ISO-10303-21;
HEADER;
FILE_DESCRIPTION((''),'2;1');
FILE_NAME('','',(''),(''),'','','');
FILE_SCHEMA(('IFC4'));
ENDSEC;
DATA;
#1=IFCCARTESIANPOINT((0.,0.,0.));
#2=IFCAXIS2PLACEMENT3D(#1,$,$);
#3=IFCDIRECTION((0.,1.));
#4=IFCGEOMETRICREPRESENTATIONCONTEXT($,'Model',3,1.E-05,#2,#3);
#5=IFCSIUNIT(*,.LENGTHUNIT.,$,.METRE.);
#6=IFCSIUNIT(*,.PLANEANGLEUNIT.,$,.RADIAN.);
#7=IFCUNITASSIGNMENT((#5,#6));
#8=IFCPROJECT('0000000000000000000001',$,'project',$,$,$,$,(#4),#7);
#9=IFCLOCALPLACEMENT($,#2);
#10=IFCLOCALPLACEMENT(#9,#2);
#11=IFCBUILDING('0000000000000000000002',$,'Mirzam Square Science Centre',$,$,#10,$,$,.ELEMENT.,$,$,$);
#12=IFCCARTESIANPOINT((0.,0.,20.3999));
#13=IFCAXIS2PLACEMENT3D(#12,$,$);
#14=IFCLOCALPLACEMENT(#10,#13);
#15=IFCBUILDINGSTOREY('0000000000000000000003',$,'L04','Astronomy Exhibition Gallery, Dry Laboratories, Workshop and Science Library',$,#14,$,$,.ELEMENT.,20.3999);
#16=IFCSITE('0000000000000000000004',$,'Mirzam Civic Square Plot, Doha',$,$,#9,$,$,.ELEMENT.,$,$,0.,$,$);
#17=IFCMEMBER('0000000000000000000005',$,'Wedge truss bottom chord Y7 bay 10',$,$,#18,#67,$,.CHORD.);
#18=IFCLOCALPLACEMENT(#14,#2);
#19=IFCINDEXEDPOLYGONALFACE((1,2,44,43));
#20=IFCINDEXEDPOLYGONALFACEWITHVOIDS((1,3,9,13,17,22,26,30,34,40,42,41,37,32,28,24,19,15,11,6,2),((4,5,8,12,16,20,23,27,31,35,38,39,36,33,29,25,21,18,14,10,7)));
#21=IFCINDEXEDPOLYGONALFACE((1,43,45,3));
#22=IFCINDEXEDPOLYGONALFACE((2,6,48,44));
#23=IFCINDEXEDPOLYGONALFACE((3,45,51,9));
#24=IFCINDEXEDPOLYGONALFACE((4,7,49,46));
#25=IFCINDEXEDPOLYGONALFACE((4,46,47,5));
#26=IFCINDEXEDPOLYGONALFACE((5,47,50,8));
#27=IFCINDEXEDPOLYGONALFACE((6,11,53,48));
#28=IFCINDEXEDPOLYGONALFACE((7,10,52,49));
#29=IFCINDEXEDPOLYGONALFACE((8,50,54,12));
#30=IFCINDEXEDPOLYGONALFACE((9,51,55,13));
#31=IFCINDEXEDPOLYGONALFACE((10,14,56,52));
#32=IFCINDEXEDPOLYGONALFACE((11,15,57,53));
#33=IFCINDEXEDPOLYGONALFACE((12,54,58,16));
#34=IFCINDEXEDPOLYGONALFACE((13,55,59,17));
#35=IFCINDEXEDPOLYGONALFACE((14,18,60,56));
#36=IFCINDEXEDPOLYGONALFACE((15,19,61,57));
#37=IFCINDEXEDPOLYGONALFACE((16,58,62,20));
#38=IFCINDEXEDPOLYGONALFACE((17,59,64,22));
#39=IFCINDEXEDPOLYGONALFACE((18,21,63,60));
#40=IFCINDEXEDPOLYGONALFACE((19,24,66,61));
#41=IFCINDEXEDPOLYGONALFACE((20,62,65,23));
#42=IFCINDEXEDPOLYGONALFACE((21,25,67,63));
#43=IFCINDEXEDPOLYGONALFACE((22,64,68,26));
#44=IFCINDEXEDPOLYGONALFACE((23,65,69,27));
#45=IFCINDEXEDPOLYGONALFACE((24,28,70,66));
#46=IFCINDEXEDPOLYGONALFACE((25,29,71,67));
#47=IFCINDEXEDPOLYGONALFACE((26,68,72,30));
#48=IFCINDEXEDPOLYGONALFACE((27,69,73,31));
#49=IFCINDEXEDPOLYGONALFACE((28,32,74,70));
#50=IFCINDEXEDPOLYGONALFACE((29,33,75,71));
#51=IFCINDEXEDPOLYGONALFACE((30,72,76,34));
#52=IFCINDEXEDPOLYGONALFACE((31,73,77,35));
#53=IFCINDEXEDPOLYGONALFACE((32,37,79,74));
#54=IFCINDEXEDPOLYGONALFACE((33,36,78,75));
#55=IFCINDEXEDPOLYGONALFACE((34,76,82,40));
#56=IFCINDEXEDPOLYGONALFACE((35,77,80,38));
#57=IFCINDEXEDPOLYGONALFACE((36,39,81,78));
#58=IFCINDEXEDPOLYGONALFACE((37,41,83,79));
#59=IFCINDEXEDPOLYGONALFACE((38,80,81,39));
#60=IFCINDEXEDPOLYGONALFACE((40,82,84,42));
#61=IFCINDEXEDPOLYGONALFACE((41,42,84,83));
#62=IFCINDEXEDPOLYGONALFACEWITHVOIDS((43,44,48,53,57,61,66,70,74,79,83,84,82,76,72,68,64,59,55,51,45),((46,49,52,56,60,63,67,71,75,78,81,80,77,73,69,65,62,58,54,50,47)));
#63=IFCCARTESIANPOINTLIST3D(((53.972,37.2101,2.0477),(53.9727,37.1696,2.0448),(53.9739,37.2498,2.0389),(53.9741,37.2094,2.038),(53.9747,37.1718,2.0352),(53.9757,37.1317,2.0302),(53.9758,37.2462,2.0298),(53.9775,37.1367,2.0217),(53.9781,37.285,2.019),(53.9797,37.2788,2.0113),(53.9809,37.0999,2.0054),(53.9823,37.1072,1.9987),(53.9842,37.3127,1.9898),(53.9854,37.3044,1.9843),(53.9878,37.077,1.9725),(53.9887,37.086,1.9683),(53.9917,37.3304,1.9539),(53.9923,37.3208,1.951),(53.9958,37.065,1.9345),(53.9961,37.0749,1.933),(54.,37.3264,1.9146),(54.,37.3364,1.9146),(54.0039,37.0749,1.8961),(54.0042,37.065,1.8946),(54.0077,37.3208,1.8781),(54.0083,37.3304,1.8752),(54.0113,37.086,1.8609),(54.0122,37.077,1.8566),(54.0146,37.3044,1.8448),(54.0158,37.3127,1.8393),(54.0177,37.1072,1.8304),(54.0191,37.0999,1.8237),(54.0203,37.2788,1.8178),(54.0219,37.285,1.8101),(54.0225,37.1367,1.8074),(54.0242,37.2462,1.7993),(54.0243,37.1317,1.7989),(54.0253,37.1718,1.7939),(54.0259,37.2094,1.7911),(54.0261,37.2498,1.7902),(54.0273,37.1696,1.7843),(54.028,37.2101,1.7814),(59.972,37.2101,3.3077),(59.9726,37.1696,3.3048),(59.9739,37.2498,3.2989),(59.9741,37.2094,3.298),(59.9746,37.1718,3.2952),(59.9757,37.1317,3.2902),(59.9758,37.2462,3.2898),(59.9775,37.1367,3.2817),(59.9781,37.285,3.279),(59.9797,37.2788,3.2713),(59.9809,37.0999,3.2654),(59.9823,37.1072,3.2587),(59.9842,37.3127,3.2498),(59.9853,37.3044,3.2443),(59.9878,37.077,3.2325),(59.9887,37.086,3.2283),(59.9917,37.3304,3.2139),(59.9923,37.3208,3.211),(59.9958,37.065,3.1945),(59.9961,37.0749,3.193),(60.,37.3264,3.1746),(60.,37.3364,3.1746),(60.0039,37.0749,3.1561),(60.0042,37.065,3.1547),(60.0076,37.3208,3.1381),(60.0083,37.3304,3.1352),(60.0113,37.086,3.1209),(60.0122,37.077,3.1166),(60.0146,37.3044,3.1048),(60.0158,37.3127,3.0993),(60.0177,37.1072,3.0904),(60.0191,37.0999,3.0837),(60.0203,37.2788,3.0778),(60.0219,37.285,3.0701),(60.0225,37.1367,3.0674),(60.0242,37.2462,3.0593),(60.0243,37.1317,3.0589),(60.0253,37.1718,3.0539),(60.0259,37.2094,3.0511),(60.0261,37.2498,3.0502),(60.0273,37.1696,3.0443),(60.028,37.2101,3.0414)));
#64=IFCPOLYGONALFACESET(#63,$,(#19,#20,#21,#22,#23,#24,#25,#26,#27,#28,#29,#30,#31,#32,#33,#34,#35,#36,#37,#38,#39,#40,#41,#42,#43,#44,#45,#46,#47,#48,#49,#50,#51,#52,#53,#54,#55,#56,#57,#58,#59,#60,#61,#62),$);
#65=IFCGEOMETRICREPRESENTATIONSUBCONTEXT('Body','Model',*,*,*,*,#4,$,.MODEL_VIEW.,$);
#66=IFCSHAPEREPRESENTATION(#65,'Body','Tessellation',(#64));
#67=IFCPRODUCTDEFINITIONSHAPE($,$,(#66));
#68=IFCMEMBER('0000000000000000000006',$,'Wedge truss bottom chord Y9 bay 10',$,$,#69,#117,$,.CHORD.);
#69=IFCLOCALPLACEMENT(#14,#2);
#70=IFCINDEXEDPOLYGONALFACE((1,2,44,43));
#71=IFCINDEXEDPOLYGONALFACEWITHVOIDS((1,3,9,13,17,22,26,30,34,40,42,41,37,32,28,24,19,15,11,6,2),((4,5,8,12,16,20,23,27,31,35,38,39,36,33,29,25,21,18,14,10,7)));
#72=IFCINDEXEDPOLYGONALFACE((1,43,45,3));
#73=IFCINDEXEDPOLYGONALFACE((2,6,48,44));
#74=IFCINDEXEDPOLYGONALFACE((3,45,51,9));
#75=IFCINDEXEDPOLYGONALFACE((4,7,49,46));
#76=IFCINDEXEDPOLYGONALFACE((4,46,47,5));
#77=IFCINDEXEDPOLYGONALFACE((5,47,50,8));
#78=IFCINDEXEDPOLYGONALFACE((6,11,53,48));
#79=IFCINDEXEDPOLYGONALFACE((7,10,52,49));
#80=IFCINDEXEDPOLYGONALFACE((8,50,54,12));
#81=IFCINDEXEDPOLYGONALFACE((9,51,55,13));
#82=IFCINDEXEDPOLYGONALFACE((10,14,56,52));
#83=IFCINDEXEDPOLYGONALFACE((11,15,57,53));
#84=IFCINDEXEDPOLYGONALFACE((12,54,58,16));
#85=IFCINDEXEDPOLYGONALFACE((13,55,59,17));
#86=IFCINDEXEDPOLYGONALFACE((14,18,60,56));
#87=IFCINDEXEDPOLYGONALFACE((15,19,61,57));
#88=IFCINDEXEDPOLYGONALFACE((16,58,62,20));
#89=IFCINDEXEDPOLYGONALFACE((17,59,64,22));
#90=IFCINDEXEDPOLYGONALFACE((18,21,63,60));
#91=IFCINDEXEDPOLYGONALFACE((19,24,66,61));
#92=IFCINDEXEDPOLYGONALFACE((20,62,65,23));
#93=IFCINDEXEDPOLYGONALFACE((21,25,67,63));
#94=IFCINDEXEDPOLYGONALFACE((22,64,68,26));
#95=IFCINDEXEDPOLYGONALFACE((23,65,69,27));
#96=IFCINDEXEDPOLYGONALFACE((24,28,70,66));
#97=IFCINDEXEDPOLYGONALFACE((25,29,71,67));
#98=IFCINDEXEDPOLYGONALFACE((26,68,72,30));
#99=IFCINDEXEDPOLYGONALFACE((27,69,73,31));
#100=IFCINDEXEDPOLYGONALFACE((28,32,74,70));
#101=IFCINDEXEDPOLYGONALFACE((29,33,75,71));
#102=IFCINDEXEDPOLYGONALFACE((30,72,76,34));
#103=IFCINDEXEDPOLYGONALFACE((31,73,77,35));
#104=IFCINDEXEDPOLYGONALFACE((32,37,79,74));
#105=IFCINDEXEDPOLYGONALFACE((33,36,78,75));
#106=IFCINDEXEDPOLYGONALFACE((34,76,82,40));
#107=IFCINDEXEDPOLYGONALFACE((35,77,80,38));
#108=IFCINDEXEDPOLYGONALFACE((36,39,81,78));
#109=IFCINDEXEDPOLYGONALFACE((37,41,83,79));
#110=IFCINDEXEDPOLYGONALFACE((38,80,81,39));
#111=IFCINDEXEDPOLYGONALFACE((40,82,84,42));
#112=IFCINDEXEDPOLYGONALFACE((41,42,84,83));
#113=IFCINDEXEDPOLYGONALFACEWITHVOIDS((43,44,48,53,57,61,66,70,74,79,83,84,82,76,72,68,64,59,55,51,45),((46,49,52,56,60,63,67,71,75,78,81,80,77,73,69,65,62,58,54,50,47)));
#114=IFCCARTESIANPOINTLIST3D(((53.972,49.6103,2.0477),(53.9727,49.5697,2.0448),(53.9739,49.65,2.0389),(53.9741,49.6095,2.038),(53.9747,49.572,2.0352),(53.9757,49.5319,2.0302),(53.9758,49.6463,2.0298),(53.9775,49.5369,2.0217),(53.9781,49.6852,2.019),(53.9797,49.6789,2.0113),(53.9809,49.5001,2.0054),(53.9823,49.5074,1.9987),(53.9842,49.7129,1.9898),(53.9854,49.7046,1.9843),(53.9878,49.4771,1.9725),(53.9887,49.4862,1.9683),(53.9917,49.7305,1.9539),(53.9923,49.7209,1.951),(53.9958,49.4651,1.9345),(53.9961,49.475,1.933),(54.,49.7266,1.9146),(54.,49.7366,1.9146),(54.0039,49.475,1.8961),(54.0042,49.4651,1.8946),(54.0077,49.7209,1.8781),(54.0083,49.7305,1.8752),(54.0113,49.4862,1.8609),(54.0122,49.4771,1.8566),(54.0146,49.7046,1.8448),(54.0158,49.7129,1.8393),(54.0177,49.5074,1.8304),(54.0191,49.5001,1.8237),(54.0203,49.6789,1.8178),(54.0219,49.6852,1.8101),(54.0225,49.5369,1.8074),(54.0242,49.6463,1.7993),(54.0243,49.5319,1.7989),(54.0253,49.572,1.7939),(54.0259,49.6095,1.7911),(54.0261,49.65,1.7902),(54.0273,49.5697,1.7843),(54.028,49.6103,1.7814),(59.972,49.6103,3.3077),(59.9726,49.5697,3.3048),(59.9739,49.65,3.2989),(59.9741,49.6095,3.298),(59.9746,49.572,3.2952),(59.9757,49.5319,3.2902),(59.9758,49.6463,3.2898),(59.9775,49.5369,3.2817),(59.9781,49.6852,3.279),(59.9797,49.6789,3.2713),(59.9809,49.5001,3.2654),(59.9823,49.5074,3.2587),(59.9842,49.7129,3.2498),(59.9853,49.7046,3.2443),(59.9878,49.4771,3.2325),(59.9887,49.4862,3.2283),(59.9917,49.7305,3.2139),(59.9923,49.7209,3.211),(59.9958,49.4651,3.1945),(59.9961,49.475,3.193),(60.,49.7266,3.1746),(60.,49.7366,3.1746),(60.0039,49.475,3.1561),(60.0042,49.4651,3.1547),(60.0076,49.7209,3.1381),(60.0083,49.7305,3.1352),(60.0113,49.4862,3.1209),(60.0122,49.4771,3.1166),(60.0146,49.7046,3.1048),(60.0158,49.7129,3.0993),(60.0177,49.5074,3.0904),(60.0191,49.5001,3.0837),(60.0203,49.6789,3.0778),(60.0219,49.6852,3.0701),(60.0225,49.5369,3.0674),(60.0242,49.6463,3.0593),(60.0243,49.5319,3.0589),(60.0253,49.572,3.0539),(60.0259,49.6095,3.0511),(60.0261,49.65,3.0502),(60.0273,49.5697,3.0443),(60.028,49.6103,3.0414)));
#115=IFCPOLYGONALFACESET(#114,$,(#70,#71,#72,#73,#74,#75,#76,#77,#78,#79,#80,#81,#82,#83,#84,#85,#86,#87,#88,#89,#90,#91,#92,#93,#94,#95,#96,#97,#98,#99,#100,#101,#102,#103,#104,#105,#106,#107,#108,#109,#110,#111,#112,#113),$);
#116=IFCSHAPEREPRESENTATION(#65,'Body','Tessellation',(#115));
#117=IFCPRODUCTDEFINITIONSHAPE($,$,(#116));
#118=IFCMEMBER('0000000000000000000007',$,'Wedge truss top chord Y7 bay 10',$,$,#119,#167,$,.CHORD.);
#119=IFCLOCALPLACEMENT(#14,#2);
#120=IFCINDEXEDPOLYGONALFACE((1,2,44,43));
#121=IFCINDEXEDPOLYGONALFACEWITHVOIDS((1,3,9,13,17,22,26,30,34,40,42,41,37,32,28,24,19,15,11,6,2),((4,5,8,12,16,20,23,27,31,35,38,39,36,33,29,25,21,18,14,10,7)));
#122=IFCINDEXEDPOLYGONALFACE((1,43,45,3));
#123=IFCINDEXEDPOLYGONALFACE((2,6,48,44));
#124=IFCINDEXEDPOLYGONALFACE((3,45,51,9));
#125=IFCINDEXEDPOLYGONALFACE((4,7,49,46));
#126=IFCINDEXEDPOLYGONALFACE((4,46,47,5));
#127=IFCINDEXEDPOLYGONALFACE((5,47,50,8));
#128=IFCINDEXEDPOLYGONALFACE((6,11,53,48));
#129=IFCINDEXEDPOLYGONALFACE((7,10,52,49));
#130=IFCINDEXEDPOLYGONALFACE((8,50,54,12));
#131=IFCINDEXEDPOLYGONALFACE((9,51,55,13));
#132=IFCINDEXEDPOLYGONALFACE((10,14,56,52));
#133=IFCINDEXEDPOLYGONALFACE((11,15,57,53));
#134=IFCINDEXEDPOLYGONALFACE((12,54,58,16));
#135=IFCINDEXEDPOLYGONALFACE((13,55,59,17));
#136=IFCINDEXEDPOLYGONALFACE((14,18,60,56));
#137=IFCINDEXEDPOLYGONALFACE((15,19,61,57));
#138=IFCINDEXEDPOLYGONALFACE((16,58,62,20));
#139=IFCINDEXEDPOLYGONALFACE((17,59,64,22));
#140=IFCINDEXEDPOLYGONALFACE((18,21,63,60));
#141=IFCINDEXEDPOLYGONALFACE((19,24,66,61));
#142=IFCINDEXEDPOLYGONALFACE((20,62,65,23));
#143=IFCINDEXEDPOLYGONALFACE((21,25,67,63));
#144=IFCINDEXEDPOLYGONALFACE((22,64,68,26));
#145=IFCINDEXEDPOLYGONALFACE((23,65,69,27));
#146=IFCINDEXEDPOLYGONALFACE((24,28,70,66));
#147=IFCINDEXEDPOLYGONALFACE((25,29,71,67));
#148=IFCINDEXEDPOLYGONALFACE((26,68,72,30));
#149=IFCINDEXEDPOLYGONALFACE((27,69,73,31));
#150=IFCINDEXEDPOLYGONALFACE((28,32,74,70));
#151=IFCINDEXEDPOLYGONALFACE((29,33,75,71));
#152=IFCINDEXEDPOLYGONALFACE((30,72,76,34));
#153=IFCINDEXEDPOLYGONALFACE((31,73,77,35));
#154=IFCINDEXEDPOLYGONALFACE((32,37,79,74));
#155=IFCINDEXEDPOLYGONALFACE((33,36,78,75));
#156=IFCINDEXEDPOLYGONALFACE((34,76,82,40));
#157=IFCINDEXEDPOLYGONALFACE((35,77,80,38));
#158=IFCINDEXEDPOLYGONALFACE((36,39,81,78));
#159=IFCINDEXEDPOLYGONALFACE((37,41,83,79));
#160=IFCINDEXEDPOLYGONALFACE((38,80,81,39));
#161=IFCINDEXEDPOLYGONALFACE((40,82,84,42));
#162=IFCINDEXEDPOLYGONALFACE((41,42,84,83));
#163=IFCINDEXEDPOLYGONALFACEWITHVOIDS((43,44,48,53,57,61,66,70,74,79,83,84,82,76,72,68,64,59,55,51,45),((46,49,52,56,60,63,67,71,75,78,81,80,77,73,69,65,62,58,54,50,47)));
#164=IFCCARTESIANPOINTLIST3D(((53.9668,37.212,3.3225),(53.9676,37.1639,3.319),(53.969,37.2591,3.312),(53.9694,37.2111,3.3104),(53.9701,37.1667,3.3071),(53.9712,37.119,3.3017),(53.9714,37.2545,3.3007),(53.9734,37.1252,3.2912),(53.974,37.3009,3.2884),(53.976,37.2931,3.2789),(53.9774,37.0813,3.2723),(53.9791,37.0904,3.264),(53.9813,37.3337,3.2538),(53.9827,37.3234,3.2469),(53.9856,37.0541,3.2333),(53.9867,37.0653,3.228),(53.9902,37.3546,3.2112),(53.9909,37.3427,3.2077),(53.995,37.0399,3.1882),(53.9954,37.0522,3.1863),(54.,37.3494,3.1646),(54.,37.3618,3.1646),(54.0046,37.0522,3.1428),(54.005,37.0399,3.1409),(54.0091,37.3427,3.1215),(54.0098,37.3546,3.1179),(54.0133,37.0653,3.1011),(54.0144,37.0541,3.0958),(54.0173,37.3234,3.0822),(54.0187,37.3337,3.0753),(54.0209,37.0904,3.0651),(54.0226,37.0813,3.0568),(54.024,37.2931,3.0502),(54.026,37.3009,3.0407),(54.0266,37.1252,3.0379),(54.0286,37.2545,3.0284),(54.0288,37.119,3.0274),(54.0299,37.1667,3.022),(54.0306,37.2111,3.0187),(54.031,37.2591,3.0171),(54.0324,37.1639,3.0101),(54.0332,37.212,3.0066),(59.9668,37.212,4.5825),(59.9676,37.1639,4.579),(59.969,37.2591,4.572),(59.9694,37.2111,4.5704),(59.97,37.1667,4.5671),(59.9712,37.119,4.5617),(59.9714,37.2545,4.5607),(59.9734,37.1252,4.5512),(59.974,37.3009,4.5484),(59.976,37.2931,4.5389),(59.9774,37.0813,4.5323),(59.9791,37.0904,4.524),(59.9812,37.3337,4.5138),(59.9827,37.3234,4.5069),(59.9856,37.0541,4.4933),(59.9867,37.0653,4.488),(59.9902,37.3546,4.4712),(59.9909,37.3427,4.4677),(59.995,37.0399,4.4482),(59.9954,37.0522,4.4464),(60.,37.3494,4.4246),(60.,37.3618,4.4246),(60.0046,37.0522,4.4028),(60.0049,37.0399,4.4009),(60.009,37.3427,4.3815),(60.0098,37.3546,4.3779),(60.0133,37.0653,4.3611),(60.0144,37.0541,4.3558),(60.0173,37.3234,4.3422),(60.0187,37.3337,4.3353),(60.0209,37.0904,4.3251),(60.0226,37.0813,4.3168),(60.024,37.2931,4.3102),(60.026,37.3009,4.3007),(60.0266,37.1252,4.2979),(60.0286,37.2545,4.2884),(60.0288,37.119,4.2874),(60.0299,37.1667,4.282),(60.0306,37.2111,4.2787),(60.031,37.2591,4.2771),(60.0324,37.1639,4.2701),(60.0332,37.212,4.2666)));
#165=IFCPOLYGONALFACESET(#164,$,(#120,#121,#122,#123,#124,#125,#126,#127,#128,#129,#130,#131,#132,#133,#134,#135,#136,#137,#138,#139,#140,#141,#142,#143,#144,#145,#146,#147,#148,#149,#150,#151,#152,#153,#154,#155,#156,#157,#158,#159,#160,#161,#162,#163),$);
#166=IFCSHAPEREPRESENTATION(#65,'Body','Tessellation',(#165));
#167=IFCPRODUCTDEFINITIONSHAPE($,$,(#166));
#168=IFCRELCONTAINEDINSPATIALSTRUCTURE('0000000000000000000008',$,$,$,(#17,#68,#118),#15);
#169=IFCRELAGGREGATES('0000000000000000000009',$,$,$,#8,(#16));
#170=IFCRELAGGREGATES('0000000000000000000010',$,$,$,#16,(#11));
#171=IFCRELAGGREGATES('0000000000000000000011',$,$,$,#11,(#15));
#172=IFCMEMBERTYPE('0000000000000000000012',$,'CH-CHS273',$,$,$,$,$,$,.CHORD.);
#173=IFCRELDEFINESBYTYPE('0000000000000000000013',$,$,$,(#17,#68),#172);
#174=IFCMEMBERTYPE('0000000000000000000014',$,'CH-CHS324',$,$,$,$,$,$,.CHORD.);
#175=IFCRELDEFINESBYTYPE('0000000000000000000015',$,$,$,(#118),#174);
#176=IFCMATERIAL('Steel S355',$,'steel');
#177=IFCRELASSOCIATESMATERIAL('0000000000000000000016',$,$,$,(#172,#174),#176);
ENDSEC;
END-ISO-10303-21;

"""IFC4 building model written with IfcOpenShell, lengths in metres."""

from ifc_helpers import new_model, si_unit, direction, frame, origin, origin_2d, place, context, subcontext, project, spatial, hollow_circle, extrude, material, material_profile, profile_set, type_object, element, save


model = new_model("IFC4")

# Units and contexts
model_context = context("Model", 3, precision=1e-05, world=origin(), true_north=direction((0.0, 1.0)))
body_context = subcontext(model_context, "Body", "Model", "MODEL_VIEW")
ifc_project = project(units=[si_unit("LENGTHUNIT", "METRE"), si_unit("PLANEANGLEUNIT", "RADIAN")], contexts=[model_context])

# Site, building, storey
site_placement = place(None, origin())
site = spatial("IfcSite", under=ifc_project, at=site_placement, Name="Mirzam Civic Square Plot, Doha", CompositionType="ELEMENT", RefElevation=0.0)
building_placement = place(site_placement, origin())
building = spatial("IfcBuilding", under=site, at=building_placement, Name="Mirzam Square Science Centre", CompositionType="ELEMENT")
storey_placement = place(building_placement, frame((0.0, 0.0, 20.3999)))
storey = spatial("IfcBuildingStorey", under=building, at=storey_placement, Name="L04", Description="Astronomy Exhibition Gallery, Dry Laboratories, Workshop and Science Library", CompositionType="ELEMENT", Elevation=20.3999)

# Members
ifc_material_1 = material(Name="Steel S355", Category="steel")
ifc_material_profile_1 = material_profile(ifc_material_1, hollow_circle(Radius=0.1365, WallThickness=0.01, at=origin_2d()), Name="273.0x10.0CHS")
ifc_profile_set_1 = profile_set([ifc_material_profile_1], Name="Steel S355")
member_type_1 = type_object("IfcMemberType", Name="CH-CHS273", PredefinedType="CHORD", material=ifc_profile_set_1)
for number, where, z_axis, x_axis, name in (
    (1, (54.0, 37.2, 1.9146), (0.978653, 0.0, 0.205519), (0.0, 1.0, 0.0), "Wedge truss bottom chord Y7 bay 10"),
    (2, (54.0, 49.6001, 1.9146), (0.978653, 0.0, 0.205519), (0.0, 1.0, 0.0), "Wedge truss bottom chord Y9 bay 10"),
):
    element("IfcMember", number, at=place(storey_placement, frame(where, z_axis=z_axis, x_axis=x_axis)), inside=storey, type_object=member_type_1, Name=name, PredefinedType="CHORD", context=body_context, shape_type="SweptSolid", body=[
        extrude(hollow_circle(Radius=0.1365, WallThickness=0.01, at=origin_2d()), origin(), (0.0, 0.0, 1.0), 6.1309),
    ])
ifc_material_profile_2 = material_profile(ifc_material_1, hollow_circle(Radius=0.1619, WallThickness=0.0125, at=origin_2d()), Name="323.9x12.5CHS")
ifc_profile_set_2 = profile_set([ifc_material_profile_2], Name="Steel S355")
member_type_2 = type_object("IfcMemberType", Name="CH-CHS324", PredefinedType="CHORD", material=ifc_profile_set_2)
for number, where, z_axis, x_axis, name in (
    (3, (54.0, 37.2, 3.1646), (0.978653, 0.0, 0.205519), (0.0, 1.0, 0.0), "Wedge truss top chord Y7 bay 10"),
):
    element("IfcMember", number, at=place(storey_placement, frame(where, z_axis=z_axis, x_axis=x_axis)), inside=storey, type_object=member_type_2, Name=name, PredefinedType="CHORD", context=body_context, shape_type="SweptSolid", body=[
        extrude(hollow_circle(Radius=0.1619, WallThickness=0.0125, at=origin_2d()), origin(), (0.0, 0.0, 1.0), 6.1309),
    ])

save(model, "model.ifc")
